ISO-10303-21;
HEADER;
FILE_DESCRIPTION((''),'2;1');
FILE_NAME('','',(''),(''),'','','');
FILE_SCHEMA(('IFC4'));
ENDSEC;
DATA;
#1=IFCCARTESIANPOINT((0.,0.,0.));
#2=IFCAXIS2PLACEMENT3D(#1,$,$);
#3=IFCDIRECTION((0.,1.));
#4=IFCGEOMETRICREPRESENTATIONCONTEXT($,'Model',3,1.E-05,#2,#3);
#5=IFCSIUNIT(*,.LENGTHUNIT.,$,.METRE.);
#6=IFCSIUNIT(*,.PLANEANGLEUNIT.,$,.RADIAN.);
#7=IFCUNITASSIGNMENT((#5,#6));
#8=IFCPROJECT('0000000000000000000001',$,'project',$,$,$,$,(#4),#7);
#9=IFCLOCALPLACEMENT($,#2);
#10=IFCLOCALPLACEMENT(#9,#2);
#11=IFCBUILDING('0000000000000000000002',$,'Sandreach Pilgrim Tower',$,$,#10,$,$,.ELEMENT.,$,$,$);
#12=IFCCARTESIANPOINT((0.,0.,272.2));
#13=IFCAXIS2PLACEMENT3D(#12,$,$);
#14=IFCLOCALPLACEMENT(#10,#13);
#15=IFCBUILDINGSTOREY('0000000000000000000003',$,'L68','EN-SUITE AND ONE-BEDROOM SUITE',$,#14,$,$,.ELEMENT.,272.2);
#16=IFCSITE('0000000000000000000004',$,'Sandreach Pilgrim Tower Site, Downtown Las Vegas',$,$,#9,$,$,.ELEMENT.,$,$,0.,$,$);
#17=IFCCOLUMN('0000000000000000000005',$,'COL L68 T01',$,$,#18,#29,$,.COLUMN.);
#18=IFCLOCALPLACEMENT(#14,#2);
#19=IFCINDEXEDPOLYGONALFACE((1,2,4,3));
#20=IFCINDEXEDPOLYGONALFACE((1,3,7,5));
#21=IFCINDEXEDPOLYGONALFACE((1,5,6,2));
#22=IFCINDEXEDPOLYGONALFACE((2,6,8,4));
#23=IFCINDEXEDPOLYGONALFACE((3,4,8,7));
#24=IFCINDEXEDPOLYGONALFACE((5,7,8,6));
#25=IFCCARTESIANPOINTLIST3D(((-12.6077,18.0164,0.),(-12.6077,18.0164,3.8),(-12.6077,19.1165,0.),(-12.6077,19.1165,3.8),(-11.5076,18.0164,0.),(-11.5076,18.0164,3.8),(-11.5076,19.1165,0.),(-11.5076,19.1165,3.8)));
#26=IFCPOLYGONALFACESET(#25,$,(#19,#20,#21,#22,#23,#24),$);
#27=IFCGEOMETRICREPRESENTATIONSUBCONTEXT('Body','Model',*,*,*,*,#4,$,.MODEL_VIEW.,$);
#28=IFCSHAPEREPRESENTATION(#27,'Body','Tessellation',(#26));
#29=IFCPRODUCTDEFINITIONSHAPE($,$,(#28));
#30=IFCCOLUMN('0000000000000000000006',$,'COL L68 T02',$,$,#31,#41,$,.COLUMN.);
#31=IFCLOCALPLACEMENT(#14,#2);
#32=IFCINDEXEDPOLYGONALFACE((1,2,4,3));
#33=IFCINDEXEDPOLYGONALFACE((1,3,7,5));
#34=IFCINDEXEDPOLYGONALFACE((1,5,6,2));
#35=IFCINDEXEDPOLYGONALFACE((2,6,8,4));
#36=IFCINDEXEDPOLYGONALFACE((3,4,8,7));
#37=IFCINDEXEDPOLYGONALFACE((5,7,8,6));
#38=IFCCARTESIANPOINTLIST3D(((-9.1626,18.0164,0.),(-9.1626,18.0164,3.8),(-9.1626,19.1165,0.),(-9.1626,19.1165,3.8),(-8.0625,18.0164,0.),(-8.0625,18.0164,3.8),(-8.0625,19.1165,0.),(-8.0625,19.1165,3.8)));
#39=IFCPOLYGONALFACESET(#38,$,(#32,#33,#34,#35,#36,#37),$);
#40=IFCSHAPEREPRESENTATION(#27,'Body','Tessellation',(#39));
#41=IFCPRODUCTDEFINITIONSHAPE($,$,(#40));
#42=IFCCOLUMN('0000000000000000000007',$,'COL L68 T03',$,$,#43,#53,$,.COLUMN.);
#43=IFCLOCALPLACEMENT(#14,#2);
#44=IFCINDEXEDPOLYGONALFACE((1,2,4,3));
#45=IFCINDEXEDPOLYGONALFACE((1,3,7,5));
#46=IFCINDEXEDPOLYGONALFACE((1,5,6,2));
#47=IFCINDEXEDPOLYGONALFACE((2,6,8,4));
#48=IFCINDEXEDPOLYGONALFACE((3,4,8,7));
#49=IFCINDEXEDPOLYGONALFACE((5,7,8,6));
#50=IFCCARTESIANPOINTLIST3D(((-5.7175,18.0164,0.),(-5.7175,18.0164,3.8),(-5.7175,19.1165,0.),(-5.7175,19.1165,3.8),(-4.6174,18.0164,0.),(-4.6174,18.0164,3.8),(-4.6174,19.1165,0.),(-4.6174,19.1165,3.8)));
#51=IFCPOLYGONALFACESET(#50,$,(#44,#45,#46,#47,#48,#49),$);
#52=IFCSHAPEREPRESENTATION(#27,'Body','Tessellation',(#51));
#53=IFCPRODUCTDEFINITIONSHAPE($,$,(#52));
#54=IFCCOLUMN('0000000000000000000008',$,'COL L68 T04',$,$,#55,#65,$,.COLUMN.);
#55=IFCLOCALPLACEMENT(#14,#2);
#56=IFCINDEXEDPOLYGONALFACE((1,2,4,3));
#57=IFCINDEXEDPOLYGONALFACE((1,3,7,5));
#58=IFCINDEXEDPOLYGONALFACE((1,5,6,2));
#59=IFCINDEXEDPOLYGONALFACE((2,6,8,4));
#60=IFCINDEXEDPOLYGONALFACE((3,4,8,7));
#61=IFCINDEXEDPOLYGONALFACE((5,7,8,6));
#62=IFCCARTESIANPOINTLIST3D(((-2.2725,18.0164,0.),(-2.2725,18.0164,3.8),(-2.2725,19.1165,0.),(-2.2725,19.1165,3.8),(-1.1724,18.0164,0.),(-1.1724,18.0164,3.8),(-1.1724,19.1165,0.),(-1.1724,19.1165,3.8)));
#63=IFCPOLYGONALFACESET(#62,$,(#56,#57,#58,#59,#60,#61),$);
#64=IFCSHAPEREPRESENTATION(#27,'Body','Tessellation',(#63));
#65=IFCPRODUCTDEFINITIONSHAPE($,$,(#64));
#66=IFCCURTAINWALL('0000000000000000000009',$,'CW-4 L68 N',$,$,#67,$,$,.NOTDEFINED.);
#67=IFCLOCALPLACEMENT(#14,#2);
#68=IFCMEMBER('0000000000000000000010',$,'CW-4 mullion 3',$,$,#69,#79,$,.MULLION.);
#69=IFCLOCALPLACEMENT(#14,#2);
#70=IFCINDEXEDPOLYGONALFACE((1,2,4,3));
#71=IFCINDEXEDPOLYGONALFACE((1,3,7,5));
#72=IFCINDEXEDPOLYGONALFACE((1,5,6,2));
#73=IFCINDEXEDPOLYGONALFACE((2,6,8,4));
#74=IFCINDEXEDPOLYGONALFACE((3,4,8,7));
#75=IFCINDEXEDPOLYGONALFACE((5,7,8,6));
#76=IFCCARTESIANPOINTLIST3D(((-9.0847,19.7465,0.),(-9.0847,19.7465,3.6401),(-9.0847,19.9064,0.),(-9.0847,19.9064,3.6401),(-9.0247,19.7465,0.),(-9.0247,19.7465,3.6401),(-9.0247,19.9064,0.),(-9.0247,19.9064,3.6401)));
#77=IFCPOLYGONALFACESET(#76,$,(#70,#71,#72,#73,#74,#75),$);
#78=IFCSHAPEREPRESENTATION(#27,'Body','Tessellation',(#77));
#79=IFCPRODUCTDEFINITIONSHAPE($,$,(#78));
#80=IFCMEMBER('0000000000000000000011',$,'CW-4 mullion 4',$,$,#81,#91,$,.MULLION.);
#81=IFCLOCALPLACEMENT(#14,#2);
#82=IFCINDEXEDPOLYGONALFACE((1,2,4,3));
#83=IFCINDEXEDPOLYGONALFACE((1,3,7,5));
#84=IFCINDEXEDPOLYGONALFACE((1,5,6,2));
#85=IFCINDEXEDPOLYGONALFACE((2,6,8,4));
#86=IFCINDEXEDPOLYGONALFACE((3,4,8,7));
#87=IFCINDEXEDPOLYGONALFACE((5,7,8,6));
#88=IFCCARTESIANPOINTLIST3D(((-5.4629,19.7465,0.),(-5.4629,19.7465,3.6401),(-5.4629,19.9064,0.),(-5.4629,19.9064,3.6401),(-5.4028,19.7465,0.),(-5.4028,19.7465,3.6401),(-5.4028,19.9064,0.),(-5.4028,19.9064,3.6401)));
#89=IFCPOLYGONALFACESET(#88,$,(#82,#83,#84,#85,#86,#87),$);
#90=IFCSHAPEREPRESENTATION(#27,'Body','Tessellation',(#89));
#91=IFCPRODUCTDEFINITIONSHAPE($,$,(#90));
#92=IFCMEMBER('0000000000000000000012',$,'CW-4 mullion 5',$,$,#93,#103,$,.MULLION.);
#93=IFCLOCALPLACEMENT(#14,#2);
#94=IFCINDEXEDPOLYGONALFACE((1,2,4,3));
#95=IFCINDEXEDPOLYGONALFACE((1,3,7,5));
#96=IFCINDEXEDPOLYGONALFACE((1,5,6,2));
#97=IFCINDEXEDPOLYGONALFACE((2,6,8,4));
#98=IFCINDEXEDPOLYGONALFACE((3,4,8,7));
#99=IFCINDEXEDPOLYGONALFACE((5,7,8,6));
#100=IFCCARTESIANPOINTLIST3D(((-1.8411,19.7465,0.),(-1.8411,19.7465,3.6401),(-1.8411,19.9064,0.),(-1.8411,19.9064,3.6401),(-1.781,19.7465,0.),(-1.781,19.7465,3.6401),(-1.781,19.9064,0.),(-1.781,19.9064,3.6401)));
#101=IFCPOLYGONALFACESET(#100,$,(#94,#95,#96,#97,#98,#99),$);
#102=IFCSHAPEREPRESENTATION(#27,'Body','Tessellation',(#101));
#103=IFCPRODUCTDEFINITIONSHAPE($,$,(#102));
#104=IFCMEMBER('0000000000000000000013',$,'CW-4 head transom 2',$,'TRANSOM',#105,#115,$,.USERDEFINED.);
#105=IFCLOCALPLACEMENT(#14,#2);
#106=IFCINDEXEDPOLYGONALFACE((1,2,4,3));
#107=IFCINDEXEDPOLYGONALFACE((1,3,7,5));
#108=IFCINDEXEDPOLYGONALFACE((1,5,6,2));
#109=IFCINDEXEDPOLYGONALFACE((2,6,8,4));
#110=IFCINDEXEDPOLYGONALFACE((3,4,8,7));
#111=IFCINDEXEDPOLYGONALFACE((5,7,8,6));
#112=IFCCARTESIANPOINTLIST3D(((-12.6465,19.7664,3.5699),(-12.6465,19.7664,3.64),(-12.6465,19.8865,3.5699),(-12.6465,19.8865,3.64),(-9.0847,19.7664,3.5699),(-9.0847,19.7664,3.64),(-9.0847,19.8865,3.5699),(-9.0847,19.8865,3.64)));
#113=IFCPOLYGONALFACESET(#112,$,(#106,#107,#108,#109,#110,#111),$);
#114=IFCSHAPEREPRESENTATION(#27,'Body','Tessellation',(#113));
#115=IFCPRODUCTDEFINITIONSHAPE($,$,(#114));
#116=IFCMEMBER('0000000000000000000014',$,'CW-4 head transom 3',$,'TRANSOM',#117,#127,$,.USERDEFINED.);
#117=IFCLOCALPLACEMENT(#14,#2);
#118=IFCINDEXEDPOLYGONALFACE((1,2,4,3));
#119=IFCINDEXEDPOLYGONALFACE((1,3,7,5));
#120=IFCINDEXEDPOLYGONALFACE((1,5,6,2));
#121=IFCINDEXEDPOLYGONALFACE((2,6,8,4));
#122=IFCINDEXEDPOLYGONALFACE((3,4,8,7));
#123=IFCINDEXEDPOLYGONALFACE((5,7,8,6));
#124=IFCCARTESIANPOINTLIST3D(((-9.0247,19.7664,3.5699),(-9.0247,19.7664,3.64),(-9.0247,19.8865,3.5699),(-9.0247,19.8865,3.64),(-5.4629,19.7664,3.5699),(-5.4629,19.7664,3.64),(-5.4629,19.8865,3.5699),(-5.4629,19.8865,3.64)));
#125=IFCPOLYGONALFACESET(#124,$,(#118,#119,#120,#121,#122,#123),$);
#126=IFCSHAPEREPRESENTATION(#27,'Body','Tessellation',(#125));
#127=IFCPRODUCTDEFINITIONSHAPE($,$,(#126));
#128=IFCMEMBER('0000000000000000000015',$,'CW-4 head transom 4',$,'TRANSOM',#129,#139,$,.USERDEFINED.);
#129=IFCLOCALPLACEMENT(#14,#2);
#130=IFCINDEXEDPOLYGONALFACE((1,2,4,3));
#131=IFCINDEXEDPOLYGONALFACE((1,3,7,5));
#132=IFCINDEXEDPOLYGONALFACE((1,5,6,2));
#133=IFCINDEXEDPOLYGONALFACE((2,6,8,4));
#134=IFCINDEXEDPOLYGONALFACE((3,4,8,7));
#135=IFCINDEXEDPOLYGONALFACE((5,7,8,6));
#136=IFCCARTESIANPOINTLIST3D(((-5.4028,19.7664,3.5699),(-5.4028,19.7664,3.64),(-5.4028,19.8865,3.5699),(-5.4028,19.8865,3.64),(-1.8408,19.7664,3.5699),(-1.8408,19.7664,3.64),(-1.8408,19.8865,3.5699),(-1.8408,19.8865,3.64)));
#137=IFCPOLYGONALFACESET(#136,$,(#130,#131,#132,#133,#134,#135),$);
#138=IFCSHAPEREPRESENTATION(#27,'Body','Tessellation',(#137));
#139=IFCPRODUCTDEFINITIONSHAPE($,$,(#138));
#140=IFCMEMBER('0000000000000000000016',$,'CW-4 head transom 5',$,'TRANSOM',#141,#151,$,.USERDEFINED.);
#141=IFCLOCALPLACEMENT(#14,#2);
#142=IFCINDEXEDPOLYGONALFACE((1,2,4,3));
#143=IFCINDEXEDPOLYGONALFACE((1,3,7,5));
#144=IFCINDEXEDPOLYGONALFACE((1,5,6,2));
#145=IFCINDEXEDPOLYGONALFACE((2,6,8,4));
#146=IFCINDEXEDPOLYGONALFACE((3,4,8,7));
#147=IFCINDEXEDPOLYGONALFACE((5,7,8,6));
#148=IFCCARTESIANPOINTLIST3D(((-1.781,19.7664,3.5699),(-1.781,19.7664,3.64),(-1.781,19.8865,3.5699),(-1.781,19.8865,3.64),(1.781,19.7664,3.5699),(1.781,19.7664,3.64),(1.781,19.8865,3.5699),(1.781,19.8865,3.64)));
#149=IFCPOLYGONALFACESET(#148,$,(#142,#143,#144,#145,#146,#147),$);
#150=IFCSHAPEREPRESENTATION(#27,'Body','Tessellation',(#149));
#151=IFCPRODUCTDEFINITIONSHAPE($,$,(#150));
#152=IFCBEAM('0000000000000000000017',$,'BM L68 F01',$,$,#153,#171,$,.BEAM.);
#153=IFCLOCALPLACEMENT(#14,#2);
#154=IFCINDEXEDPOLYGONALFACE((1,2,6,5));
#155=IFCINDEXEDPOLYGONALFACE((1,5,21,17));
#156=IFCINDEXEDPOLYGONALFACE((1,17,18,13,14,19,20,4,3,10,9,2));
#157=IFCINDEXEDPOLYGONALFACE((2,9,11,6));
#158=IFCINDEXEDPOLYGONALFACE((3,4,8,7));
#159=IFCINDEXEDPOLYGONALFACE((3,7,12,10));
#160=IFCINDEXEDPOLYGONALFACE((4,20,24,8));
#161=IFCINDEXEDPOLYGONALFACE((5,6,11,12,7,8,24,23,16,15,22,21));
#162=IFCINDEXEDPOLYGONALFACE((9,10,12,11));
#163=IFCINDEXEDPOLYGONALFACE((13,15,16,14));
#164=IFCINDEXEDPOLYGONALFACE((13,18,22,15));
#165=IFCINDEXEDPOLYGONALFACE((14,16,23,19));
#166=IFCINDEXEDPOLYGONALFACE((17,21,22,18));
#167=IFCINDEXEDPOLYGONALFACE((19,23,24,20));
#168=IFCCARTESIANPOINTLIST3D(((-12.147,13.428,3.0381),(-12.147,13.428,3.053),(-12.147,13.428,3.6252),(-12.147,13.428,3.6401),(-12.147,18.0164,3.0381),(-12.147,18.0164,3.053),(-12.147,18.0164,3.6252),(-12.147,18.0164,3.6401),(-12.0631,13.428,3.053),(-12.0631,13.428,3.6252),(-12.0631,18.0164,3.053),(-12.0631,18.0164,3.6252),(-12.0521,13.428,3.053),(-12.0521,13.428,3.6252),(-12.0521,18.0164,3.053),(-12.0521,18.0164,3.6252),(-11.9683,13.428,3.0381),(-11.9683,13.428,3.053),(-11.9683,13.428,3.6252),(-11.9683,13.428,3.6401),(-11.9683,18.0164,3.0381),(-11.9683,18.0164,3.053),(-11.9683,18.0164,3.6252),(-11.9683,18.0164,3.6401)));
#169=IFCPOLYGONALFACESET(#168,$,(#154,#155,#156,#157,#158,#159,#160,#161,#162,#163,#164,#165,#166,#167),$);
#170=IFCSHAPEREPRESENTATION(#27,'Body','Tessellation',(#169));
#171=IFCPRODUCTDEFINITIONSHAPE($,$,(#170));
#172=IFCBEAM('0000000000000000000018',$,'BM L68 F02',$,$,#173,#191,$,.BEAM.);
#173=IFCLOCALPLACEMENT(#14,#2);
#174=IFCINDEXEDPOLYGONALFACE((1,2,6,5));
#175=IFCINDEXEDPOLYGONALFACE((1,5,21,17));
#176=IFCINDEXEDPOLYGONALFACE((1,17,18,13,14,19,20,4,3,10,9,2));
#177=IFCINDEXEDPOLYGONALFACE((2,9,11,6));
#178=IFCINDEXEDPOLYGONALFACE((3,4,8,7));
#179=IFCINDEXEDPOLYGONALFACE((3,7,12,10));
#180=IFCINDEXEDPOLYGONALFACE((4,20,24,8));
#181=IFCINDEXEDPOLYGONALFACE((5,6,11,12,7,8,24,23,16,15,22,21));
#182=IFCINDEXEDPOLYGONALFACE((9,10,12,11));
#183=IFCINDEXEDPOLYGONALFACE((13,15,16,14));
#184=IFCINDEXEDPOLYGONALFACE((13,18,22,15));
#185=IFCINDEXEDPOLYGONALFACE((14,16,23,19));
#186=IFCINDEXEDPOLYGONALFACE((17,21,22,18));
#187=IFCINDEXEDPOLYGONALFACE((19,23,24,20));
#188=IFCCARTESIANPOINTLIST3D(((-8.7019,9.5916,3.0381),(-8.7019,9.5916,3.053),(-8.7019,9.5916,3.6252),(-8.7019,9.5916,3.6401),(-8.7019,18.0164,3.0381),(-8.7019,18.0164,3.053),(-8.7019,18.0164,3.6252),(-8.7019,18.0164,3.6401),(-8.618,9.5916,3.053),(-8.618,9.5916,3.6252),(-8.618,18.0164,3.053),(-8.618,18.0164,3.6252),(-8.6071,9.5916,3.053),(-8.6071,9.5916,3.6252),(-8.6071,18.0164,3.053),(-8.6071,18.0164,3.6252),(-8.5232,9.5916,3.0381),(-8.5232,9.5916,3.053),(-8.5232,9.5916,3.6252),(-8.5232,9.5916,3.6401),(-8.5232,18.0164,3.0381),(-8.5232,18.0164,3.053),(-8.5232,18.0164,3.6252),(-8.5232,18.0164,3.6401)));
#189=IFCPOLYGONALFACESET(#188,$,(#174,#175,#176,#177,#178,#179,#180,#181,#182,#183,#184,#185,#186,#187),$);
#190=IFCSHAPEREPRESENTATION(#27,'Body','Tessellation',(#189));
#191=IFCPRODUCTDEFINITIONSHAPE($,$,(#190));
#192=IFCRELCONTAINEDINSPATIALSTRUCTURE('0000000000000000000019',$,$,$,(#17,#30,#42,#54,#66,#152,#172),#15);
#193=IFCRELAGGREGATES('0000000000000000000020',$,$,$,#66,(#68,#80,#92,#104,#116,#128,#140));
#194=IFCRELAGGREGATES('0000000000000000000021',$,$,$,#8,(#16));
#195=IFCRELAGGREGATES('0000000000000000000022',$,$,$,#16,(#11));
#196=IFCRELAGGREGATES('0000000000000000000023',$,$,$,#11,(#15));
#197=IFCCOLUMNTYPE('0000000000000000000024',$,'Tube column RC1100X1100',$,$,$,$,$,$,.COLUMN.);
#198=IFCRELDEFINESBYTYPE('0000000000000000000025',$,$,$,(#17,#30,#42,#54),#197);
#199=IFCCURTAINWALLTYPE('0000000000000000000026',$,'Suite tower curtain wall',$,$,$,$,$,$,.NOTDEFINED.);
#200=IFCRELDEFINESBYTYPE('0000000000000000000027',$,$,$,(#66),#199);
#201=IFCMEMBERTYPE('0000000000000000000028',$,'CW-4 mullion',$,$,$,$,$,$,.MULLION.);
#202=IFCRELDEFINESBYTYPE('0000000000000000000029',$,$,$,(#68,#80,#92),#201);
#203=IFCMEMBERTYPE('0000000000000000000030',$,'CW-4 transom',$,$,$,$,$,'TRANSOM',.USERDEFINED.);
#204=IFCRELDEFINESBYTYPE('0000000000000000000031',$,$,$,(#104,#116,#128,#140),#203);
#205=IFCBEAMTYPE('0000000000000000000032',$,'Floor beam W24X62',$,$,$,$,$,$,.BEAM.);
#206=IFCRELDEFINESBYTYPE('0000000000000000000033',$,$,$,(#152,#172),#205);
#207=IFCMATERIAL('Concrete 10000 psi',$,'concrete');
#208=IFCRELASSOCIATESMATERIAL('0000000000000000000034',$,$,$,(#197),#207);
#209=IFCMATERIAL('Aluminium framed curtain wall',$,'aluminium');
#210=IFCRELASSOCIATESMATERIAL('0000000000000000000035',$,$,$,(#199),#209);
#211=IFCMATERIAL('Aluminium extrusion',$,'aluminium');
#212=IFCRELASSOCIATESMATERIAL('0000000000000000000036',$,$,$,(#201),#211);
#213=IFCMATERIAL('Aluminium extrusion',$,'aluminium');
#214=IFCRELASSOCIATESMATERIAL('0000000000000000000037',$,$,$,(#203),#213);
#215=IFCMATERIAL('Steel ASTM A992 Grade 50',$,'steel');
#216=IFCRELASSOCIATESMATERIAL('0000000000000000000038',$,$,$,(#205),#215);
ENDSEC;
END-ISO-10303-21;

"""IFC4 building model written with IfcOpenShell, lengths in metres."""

from ifc_helpers import new_model, si_unit, direction, frame, origin, origin_2d, place, context, subcontext, project, spatial, rectangle, i_section, extrude, material, material_profile, profile_set, type_object, element, aggregate, save


model = new_model("IFC4")

# Units and contexts
model_context = context("Model", 3, precision=1e-05, world=origin(), true_north=direction((0.0, 1.0)))
body_context = subcontext(model_context, "Body", "Model", "MODEL_VIEW")
ifc_project = project(units=[si_unit("LENGTHUNIT", "METRE"), si_unit("PLANEANGLEUNIT", "RADIAN")], contexts=[model_context])

# Site, building, storey
site_placement = place(None, origin())
site = spatial("IfcSite", under=ifc_project, at=site_placement, Name="Sandreach Pilgrim Tower Site, Downtown Las Vegas", CompositionType="ELEMENT", RefElevation=0.0)
building_placement = place(site_placement, origin())
building = spatial("IfcBuilding", under=site, at=building_placement, Name="Sandreach Pilgrim Tower", CompositionType="ELEMENT")
storey_placement = place(building_placement, frame((0.0, 0.0, 272.2)))
storey = spatial("IfcBuildingStorey", under=building, at=storey_placement, Name="L68", Description="EN-SUITE AND ONE-BEDROOM SUITE", CompositionType="ELEMENT", Elevation=272.2)

# Columns
ifc_material_1 = material(Name="Concrete 10000 psi", Category="concrete")
ifc_material_profile_1 = material_profile(ifc_material_1, rectangle(XDim=1.1001, YDim=1.1001, at=origin_2d()), Name="RC1100X1100")
ifc_profile_set_1 = profile_set([ifc_material_profile_1], Name="Concrete 10000 psi")
column_type = type_object("IfcColumnType", Name="Tube column RC1100X1100", PredefinedType="COLUMN", material=ifc_profile_set_1)
for number, where, z_axis, x_axis, name in (
    (1, (-12.0576, 18.5664, 0.0), (0.0, 0.0, 1.0), (0.0, 1.0, 0.0), "COL L68 T01"),
    (2, (-8.6125, 18.5664, 0.0), (0.0, 0.0, 1.0), (0.0, 1.0, 0.0), "COL L68 T02"),
    (3, (-5.1675, 18.5664, 0.0), (0.0, 0.0, 1.0), (0.0, 1.0, 0.0), "COL L68 T03"),
    (4, (-1.7224, 18.5664, 0.0), (0.0, 0.0, 1.0), (0.0, 1.0, 0.0), "COL L68 T04"),
):
    element("IfcColumn", number, at=place(storey_placement, frame(where, z_axis=z_axis, x_axis=x_axis)), inside=storey, type_object=column_type, Name=name, PredefinedType="COLUMN", context=body_context, shape_type="SweptSolid", body=[
        extrude(rectangle(XDim=1.1001, YDim=1.1001, at=origin_2d()), origin(), (0.0, 0.0, 1.0), 3.8),
    ])

# Curtain wall, members
ifc_material_2 = material(Name="Aluminium framed curtain wall", Category="aluminium")
curtain_wall_type = type_object("IfcCurtainWallType", Name="Suite tower curtain wall", PredefinedType="NOTDEFINED", material=ifc_material_2)
curtain_wall_placement = place(storey_placement, origin())
curtain_wall = element("IfcCurtainWall", 5, at=curtain_wall_placement, inside=storey, type_object=curtain_wall_type, Name="CW-4 L68 N", PredefinedType="NOTDEFINED")
ifc_material_3 = material(Name="Aluminium extrusion", Category="aluminium")
ifc_material_profile_2 = material_profile(ifc_material_3, rectangle(XDim=0.0601, YDim=0.1599, at=origin_2d()), Name="CW-4M 60X160")
ifc_profile_set_2 = profile_set([ifc_material_profile_2], Name="Aluminium extrusion")
member_type_1 = type_object("IfcMemberType", Name="CW-4 mullion", PredefinedType="MULLION", material=ifc_profile_set_2)
member_1_placement = place(storey_placement, frame((-9.0547, 19.8264, 0.0), z_axis=(0.0, 0.0, 1.0), x_axis=(1.0, 0.0, 0.0)))
member_1 = element("IfcMember", 6, at=member_1_placement, type_object=member_type_1, Name="CW-4 mullion 3", PredefinedType="MULLION", context=body_context, shape_type="SweptSolid", body=[
    extrude(rectangle(XDim=0.0601, YDim=0.1599, at=origin_2d()), origin(), (0.0, 0.0, 1.0), 3.6401),
])
member_2_placement = place(storey_placement, frame((-5.4329, 19.8264, 0.0), z_axis=(0.0, 0.0, 1.0), x_axis=(1.0, 0.0, 0.0)))
member_2 = element("IfcMember", 7, at=member_2_placement, type_object=member_type_1, Name="CW-4 mullion 4", PredefinedType="MULLION", context=body_context, shape_type="SweptSolid", body=[
    extrude(rectangle(XDim=0.0601, YDim=0.1599, at=origin_2d()), origin(), (0.0, 0.0, 1.0), 3.6401),
])
member_3_placement = place(storey_placement, frame((-1.811, 19.8264, 0.0), z_axis=(0.0, 0.0, 1.0), x_axis=(1.0, 0.0, 0.0)))
member_3 = element("IfcMember", 8, at=member_3_placement, type_object=member_type_1, Name="CW-4 mullion 5", PredefinedType="MULLION", context=body_context, shape_type="SweptSolid", body=[
    extrude(rectangle(XDim=0.0601, YDim=0.1599, at=origin_2d()), origin(), (0.0, 0.0, 1.0), 3.6401),
])
ifc_material_4 = material(Name="Aluminium extrusion", Category="aluminium")
ifc_material_profile_3 = material_profile(ifc_material_4, rectangle(XDim=0.1201, YDim=0.0701, at=origin_2d()), Name="CW-4T 120X70")
ifc_profile_set_3 = profile_set([ifc_material_profile_3], Name="Aluminium extrusion")
member_type_2 = type_object("IfcMemberType", Name="CW-4 transom", ElementType="TRANSOM", PredefinedType="USERDEFINED", material=ifc_profile_set_3)
member_4_placement = place(storey_placement, frame((-12.6465, 19.8264, 3.605), z_axis=(1.0, 0.0, 0.0), x_axis=(0.0, 1.0, 0.0)))
member_4 = element("IfcMember", 9, at=member_4_placement, type_object=member_type_2, Name="CW-4 head transom 2", ObjectType="TRANSOM", PredefinedType="USERDEFINED", context=body_context, shape_type="SweptSolid", body=[
    extrude(rectangle(XDim=0.1201, YDim=0.0701, at=origin_2d()), origin(), (0.0, 0.0, 1.0), 3.5618),
])
member_5_placement = place(storey_placement, frame((-9.0247, 19.8264, 3.605), z_axis=(1.0, 0.0, 0.0), x_axis=(0.0, 1.0, 0.0)))
member_5 = element("IfcMember", 10, at=member_5_placement, type_object=member_type_2, Name="CW-4 head transom 3", ObjectType="TRANSOM", PredefinedType="USERDEFINED", context=body_context, shape_type="SweptSolid", body=[
    extrude(rectangle(XDim=0.1201, YDim=0.0701, at=origin_2d()), origin(), (0.0, 0.0, 1.0), 3.5618),
])
member_6_placement = place(storey_placement, frame((-5.4028, 19.8264, 3.605), z_axis=(1.0, 0.0, 0.0), x_axis=(0.0, 1.0, 0.0)))
member_6 = element("IfcMember", 11, at=member_6_placement, type_object=member_type_2, Name="CW-4 head transom 4", ObjectType="TRANSOM", PredefinedType="USERDEFINED", context=body_context, shape_type="SweptSolid", body=[
    extrude(rectangle(XDim=0.1201, YDim=0.0701, at=origin_2d()), origin(), (0.0, 0.0, 1.0), 3.562),
])
member_7_placement = place(storey_placement, frame((-1.781, 19.8264, 3.605), z_axis=(1.0, 0.0, 0.0), x_axis=(0.0, 1.0, 0.0)))
member_7 = element("IfcMember", 12, at=member_7_placement, type_object=member_type_2, Name="CW-4 head transom 5", ObjectType="TRANSOM", PredefinedType="USERDEFINED", context=body_context, shape_type="SweptSolid", body=[
    extrude(rectangle(XDim=0.1201, YDim=0.0701, at=origin_2d()), origin(), (0.0, 0.0, 1.0), 3.562),
])

# Beams
ifc_material_5 = material(Name="Steel ASTM A992 Grade 50", Category="steel")
ifc_material_profile_4 = material_profile(ifc_material_5, i_section(OverallWidth=0.1787, OverallDepth=0.6021, WebThickness=0.011, FlangeThickness=0.0149, at=origin_2d()), Name="W24X62")
ifc_profile_set_4 = profile_set([ifc_material_profile_4], Name="Steel ASTM A992 Grade 50")
beam_type_1 = type_object("IfcBeamType", Name="Floor beam W24X62", PredefinedType="BEAM", material=ifc_profile_set_4)
beam_1_placement = place(storey_placement, frame((-12.0576, 18.0164, 3.3391), z_axis=(0.0, -1.0, 0.0), x_axis=(1.0, 0.0, 0.0)))
element("IfcBeam", 13, at=beam_1_placement, inside=storey, type_object=beam_type_1, Name="BM L68 F01", PredefinedType="BEAM", context=body_context, shape_type="SweptSolid", body=[
    extrude(i_section(OverallWidth=0.1787, OverallDepth=0.6021, WebThickness=0.011, FlangeThickness=0.0149, at=origin_2d()), origin(), (0.0, 0.0, 1.0), 4.5884),
])
beam_2_placement = place(storey_placement, frame((-8.6125, 18.0164, 3.3391), z_axis=(0.0, -1.0, 0.0), x_axis=(1.0, 0.0, 0.0)))
element("IfcBeam", 14, at=beam_2_placement, inside=storey, type_object=beam_type_1, Name="BM L68 F02", PredefinedType="BEAM", context=body_context, shape_type="SweptSolid", body=[
    extrude(i_section(OverallWidth=0.1787, OverallDepth=0.6021, WebThickness=0.011, FlangeThickness=0.0149, at=origin_2d()), origin(), (0.0, 0.0, 1.0), 8.4248),
])

aggregate(curtain_wall, [member_1, member_2, member_3, member_4, member_5, member_6, member_7])

save(model, "model.ifc")
